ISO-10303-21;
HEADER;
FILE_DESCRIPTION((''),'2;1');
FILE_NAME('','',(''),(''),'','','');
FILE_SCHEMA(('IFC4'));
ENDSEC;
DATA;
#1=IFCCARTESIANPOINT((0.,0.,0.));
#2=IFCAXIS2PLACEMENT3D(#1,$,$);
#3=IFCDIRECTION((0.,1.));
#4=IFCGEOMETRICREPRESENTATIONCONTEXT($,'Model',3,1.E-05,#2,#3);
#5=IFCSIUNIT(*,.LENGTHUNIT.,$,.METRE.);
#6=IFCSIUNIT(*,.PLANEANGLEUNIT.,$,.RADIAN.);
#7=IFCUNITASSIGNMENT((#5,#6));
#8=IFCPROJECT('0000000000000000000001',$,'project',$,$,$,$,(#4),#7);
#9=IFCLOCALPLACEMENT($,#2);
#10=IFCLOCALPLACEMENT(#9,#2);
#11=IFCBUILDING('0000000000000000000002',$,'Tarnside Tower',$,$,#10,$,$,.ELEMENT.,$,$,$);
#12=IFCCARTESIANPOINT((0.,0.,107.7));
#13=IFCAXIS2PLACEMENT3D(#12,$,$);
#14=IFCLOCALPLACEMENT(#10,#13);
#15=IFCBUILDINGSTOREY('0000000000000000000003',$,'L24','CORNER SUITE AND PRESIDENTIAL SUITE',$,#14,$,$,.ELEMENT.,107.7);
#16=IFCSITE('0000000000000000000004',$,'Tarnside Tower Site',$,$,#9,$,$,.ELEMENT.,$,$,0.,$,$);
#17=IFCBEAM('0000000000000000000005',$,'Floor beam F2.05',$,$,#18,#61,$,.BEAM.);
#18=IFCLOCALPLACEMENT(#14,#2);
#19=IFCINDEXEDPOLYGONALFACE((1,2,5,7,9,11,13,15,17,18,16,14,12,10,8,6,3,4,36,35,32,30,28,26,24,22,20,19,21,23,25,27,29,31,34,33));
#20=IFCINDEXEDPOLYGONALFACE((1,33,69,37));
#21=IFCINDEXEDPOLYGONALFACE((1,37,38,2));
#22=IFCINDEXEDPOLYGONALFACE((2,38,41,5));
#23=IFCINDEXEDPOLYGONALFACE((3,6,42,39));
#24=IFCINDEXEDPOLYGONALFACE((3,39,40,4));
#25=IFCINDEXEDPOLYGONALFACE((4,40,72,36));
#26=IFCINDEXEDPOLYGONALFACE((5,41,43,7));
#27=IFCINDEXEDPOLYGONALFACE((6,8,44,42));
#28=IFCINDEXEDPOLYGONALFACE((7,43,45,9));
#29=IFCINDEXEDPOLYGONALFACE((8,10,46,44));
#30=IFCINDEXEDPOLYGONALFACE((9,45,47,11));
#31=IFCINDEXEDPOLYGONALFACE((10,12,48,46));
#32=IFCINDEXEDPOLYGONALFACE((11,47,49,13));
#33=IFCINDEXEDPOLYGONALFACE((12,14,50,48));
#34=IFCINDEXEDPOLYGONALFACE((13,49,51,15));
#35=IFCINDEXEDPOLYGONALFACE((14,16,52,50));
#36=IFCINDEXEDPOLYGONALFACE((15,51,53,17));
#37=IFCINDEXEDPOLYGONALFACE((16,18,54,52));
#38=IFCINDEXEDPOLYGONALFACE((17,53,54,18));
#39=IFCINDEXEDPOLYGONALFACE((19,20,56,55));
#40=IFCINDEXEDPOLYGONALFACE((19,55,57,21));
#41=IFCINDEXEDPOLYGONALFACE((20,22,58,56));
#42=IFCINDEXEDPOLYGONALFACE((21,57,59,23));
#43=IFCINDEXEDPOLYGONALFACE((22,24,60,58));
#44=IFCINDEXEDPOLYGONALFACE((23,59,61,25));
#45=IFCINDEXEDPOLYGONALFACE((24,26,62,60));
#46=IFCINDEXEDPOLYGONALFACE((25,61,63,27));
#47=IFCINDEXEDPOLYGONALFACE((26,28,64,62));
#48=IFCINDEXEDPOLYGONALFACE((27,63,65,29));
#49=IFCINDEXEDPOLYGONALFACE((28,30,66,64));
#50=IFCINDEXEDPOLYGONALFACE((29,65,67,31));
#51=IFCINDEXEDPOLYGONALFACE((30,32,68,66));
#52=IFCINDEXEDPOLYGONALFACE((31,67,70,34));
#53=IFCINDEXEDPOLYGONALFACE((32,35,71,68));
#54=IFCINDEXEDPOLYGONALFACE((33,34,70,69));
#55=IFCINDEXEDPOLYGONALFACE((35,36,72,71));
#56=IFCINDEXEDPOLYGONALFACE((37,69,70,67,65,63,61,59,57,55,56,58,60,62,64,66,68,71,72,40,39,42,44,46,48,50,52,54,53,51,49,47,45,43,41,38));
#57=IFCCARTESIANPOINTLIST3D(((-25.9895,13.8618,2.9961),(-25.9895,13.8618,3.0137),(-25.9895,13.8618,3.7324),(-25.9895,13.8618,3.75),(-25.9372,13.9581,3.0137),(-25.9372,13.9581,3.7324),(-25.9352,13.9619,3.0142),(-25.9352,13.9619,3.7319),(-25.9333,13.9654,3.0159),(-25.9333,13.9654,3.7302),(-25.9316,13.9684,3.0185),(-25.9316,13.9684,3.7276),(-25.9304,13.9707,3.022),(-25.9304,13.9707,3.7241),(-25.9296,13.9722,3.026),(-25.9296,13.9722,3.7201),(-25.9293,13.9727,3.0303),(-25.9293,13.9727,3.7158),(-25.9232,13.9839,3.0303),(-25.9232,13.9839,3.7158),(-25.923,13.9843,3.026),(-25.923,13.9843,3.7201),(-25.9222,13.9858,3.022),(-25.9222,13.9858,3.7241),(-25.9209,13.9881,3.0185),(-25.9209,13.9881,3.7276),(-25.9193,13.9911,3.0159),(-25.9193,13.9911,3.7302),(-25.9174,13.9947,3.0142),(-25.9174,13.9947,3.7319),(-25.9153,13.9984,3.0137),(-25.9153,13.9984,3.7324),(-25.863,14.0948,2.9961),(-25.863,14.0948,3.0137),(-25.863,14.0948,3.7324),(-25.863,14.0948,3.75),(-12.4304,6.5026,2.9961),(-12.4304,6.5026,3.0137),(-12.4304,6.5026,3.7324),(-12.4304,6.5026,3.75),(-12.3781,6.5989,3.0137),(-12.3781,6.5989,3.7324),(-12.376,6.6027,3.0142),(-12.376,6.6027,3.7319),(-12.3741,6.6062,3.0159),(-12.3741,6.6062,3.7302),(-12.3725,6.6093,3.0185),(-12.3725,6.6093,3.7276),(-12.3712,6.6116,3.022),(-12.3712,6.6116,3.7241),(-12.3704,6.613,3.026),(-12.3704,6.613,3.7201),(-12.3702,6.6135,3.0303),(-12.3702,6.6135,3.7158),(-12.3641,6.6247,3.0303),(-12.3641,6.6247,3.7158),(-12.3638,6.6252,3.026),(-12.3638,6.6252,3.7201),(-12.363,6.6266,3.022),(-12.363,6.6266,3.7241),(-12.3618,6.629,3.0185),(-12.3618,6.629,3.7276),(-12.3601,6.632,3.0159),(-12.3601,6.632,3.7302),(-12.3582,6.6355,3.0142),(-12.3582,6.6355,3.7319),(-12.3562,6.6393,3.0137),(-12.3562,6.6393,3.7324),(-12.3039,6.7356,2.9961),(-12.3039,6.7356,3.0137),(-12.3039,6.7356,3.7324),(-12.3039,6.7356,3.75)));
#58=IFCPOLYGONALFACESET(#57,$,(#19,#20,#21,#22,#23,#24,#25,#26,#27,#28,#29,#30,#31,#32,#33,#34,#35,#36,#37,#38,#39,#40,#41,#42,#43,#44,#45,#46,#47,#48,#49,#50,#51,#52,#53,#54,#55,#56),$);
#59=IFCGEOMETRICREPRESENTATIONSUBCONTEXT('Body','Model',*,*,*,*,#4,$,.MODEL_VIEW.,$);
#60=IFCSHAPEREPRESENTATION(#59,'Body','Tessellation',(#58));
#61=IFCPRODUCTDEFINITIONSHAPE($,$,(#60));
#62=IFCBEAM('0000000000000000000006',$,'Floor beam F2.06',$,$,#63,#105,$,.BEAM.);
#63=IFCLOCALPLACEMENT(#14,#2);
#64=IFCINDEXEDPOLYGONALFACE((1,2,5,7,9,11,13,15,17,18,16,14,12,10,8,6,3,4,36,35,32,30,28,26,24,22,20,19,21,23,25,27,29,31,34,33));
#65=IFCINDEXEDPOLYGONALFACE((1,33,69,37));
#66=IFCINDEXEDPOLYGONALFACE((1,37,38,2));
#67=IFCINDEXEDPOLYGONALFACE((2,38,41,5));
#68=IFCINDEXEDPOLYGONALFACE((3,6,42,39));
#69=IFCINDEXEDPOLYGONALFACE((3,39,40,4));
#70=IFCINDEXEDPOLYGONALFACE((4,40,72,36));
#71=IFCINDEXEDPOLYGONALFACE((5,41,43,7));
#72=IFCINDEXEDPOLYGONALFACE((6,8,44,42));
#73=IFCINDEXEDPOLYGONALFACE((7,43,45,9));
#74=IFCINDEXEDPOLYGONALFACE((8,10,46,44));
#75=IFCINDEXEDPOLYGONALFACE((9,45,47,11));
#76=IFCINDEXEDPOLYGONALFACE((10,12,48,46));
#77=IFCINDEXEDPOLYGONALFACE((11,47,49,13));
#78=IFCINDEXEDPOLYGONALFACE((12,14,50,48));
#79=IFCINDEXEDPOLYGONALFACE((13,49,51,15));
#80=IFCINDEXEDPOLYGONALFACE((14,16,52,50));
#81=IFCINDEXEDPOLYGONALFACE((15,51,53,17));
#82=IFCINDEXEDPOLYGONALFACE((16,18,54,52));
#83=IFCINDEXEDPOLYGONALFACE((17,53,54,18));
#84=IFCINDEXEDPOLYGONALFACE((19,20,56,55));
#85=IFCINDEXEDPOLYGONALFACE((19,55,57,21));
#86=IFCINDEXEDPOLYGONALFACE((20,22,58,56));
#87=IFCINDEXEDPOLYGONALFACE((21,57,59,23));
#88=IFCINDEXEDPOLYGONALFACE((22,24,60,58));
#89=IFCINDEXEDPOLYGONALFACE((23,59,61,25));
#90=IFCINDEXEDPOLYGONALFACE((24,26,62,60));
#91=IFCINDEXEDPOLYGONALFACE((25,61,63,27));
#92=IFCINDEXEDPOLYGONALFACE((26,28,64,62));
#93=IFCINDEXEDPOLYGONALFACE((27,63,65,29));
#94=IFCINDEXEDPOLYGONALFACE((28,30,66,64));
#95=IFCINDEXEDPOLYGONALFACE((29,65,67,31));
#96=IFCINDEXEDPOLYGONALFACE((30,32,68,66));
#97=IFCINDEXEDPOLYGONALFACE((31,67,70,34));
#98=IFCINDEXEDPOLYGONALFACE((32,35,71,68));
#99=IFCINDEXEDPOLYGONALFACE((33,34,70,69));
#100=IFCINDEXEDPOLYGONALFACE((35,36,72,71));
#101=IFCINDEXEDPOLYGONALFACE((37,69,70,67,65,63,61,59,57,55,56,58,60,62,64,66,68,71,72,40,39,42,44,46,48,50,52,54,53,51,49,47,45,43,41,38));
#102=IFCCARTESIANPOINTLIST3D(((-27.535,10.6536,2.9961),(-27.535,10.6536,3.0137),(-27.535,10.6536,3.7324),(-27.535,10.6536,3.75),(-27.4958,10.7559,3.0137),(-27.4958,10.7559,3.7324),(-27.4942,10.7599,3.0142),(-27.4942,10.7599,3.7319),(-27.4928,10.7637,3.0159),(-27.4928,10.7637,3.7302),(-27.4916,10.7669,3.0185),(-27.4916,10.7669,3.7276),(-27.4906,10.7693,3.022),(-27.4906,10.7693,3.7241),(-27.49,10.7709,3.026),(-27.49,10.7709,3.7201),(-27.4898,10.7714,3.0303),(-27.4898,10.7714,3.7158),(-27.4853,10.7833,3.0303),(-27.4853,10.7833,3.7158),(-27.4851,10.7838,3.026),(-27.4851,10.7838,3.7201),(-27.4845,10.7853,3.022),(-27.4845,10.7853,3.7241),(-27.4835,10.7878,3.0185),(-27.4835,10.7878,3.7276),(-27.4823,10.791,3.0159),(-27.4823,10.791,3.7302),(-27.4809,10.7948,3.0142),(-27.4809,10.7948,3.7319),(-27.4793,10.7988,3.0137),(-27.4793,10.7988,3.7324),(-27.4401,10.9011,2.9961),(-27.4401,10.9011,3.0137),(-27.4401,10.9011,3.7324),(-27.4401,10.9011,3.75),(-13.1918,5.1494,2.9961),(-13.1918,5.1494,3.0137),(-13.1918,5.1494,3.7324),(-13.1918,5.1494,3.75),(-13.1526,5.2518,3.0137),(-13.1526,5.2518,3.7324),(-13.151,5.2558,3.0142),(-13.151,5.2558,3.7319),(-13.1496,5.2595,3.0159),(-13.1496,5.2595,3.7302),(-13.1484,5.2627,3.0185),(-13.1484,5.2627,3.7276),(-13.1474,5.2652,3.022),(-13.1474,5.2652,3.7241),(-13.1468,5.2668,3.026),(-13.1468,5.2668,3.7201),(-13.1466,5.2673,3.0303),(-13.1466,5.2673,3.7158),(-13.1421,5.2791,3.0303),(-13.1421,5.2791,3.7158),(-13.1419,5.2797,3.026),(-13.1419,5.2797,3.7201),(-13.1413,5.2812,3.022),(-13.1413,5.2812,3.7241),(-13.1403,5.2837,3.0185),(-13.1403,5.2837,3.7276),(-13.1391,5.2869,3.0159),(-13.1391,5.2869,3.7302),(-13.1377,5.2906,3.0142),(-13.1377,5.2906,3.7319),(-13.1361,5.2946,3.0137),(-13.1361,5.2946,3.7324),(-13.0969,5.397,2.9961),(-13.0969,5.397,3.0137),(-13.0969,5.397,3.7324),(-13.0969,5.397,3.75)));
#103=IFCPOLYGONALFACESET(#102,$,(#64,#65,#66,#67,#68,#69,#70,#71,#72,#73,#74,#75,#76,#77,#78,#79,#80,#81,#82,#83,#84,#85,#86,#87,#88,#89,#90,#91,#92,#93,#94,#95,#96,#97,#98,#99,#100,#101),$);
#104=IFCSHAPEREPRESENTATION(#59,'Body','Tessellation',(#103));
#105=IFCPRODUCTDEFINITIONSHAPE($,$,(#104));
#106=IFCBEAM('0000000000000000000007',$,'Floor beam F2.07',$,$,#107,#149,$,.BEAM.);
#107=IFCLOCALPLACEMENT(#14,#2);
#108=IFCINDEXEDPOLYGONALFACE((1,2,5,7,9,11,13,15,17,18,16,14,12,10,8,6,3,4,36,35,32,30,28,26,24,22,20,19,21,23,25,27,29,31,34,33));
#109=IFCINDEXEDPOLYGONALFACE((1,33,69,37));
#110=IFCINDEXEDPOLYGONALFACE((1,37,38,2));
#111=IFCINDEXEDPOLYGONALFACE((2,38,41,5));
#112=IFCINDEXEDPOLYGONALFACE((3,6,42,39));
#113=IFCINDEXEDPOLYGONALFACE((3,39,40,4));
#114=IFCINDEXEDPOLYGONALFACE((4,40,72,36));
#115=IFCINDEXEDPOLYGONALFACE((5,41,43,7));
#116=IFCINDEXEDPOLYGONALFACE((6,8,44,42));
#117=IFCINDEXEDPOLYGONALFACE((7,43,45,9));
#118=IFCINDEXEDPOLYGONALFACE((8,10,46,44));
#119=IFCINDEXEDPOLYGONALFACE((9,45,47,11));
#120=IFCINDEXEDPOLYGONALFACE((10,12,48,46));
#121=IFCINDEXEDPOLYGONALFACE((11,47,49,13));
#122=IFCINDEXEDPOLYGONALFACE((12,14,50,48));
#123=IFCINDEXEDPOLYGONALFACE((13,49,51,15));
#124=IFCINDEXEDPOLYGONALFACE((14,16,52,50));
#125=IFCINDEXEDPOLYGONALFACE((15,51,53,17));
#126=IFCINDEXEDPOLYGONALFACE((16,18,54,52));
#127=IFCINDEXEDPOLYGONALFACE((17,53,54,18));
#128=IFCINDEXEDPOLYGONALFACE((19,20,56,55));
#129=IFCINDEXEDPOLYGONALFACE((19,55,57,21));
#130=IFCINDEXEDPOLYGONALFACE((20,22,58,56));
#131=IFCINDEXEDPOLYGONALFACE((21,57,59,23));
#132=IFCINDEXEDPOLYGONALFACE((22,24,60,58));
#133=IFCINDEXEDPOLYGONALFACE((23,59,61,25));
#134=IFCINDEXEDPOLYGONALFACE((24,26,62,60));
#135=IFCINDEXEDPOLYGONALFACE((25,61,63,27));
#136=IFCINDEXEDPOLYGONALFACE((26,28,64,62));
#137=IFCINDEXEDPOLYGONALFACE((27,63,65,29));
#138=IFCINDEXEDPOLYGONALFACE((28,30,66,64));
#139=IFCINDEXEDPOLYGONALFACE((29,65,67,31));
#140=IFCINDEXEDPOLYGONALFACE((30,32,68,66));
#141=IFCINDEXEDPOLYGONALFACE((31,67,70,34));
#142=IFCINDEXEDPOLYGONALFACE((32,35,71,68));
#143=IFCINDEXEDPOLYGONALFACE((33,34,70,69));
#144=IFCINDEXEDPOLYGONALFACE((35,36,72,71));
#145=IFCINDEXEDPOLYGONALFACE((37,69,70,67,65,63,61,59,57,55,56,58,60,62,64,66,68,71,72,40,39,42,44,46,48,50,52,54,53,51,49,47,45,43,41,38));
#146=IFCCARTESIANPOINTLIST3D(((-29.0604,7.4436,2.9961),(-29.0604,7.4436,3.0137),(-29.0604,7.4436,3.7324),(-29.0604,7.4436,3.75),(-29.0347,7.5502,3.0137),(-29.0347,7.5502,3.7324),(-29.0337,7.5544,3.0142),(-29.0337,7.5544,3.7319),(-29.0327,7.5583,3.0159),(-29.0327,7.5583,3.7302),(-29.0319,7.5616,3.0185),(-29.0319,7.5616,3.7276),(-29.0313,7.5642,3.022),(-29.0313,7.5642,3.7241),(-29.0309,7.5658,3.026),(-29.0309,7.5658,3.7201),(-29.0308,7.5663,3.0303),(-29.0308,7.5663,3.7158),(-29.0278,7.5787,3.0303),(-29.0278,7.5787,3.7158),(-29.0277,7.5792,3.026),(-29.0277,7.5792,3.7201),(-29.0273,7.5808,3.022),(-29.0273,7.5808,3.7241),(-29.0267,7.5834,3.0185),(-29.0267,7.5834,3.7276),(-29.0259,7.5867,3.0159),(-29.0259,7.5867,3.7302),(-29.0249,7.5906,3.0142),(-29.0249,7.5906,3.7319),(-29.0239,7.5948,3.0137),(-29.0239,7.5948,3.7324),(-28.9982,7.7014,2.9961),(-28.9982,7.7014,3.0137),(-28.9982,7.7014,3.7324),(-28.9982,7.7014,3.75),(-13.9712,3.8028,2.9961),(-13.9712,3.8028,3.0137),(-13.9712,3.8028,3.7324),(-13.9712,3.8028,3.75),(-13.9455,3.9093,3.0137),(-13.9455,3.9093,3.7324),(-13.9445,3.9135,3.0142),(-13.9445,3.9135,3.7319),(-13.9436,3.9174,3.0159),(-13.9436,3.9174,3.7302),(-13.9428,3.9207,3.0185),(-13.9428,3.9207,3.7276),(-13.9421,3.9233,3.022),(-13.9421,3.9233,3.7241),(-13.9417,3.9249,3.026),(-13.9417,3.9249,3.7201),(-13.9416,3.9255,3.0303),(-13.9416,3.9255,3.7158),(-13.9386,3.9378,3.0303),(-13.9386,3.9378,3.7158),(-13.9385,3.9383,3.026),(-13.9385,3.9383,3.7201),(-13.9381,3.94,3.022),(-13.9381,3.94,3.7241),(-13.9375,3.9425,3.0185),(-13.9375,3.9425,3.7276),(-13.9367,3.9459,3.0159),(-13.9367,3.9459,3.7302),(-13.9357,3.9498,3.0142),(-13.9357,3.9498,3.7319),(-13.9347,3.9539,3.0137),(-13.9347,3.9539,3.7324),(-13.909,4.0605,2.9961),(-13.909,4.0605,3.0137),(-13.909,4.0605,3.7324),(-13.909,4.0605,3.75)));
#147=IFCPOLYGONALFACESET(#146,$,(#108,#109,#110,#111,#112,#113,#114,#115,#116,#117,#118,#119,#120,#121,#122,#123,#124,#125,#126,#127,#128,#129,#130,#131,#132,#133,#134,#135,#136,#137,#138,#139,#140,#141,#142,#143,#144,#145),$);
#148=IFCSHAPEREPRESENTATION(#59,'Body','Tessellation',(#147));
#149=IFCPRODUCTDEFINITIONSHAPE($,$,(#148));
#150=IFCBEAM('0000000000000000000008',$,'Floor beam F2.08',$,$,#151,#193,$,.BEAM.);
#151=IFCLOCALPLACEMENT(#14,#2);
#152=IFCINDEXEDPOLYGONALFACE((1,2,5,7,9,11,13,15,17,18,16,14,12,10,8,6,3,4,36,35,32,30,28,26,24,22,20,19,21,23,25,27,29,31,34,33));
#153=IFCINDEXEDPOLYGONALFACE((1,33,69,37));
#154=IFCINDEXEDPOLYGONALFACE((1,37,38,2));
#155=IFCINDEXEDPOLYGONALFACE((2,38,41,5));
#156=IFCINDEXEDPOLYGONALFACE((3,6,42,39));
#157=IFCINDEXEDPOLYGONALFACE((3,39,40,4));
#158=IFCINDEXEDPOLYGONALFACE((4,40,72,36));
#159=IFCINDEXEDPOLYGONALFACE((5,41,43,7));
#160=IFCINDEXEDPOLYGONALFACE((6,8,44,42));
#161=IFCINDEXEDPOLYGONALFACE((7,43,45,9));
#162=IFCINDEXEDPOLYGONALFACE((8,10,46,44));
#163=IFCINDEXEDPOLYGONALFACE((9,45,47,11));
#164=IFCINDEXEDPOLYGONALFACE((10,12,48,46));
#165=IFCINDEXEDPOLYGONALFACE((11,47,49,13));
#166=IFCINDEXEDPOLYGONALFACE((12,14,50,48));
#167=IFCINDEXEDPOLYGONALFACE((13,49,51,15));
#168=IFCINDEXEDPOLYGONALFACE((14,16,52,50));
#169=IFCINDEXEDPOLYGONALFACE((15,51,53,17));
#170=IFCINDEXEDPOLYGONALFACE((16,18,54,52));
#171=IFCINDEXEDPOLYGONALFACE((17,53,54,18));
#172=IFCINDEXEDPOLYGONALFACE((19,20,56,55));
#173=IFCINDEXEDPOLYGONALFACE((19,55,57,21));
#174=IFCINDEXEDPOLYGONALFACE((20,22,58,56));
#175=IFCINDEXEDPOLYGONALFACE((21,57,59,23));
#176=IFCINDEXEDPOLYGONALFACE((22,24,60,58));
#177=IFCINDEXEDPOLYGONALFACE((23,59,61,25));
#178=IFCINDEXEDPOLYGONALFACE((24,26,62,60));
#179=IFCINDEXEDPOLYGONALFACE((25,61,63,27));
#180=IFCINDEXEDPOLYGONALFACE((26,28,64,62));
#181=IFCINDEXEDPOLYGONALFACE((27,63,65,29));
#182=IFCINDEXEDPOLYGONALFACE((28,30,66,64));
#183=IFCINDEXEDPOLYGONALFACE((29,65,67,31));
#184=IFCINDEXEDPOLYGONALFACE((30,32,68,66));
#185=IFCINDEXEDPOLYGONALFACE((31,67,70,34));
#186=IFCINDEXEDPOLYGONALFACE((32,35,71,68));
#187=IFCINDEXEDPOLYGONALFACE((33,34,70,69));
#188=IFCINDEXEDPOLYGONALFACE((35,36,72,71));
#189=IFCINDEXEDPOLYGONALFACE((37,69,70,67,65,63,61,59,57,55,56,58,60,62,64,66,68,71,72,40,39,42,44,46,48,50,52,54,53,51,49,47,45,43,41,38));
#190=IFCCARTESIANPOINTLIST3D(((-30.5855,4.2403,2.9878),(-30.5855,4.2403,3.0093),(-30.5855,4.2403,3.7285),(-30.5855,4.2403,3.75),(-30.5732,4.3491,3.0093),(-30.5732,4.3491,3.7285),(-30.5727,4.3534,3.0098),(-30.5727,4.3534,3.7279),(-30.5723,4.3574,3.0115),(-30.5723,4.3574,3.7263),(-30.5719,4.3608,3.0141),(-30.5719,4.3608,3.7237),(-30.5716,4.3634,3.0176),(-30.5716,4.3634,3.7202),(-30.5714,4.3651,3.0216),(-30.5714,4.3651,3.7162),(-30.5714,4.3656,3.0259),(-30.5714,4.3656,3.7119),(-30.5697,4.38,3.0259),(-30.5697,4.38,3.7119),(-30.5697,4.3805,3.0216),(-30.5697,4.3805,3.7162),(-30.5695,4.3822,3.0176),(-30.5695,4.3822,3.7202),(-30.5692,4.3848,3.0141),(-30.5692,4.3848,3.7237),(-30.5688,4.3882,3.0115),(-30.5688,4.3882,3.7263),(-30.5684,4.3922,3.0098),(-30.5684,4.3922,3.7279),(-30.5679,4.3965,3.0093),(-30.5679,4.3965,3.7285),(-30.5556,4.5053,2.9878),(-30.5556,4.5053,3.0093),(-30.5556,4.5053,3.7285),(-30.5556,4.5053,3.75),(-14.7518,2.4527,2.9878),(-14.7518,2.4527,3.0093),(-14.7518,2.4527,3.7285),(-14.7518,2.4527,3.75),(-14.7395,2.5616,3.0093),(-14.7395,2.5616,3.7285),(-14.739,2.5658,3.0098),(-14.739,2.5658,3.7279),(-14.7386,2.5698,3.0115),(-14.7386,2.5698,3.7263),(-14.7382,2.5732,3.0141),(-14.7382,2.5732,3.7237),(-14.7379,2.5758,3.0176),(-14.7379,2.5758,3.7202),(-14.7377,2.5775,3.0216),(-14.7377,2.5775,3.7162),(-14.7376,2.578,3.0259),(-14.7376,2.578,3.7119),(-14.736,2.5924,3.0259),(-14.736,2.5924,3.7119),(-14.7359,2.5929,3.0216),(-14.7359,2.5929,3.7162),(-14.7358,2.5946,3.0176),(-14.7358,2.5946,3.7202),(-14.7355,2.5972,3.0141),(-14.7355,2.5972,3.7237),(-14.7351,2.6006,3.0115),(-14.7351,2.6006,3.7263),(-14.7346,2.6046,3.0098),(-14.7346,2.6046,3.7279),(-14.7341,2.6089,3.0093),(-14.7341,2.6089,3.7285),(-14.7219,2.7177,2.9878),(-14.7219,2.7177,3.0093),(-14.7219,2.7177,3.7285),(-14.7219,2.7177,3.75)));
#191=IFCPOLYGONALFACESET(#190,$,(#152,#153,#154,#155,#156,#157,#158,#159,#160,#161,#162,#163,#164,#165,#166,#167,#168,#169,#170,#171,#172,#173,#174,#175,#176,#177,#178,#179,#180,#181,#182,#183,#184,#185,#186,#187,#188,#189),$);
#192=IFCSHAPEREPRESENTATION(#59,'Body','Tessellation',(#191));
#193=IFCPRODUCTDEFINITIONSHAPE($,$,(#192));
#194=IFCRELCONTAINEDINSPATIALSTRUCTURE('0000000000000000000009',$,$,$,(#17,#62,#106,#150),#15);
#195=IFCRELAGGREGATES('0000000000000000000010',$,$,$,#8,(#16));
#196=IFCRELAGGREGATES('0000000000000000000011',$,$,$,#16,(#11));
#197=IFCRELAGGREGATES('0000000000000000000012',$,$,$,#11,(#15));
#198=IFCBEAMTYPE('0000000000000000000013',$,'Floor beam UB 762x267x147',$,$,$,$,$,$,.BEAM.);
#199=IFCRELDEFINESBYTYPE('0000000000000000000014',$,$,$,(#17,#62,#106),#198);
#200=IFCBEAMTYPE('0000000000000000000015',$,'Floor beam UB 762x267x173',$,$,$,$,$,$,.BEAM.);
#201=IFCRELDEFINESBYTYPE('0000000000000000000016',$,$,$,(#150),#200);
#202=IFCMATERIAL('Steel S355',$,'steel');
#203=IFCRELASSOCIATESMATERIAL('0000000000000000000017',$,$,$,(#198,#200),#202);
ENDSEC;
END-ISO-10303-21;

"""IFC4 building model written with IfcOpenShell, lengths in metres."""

from ifc_helpers import new_model, si_unit, direction, frame, origin, origin_2d, place, context, subcontext, project, spatial, i_section, extrude, material, material_profile, profile_set, type_object, element, save


model = new_model("IFC4")

# Units and contexts
model_context = context("Model", 3, precision=1e-05, world=origin(), true_north=direction((0.0, 1.0)))
body_context = subcontext(model_context, "Body", "Model", "MODEL_VIEW")
ifc_project = project(units=[si_unit("LENGTHUNIT", "METRE"), si_unit("PLANEANGLEUNIT", "RADIAN")], contexts=[model_context])

# Site, building, storey
site_placement = place(None, origin())
site = spatial("IfcSite", under=ifc_project, at=site_placement, Name="Tarnside Tower Site", CompositionType="ELEMENT", RefElevation=0.0)
building_placement = place(site_placement, origin())
building = spatial("IfcBuilding", under=site, at=building_placement, Name="Tarnside Tower", CompositionType="ELEMENT")
storey_placement = place(building_placement, frame((0.0, 0.0, 107.7)))
storey = spatial("IfcBuildingStorey", under=building, at=storey_placement, Name="L24", Description="CORNER SUITE AND PRESIDENTIAL SUITE", CompositionType="ELEMENT", Elevation=107.7)

# Beams
ifc_material_1 = material(Name="Steel S355", Category="steel")
ifc_material_profile_1 = material_profile(ifc_material_1, i_section(OverallWidth=0.2651, OverallDepth=0.7539, WebThickness=0.0127, FlangeThickness=0.0176, FilletRadius=0.0166, at=origin_2d()), Name="UB 762x267x147")
ifc_profile_set_1 = profile_set([ifc_material_profile_1], Name="Steel S355")
beam_type_1 = type_object("IfcBeamType", Name="Floor beam UB 762x267x147", PredefinedType="BEAM", material=ifc_profile_set_1)
beam_1_placement = place(storey_placement, frame((-25.9263, 13.9783, 3.373), z_axis=(0.878895, -0.477016, 0.0), x_axis=(0.477016, 0.878895, 0.0)))
element("IfcBeam", 1, at=beam_1_placement, inside=storey, type_object=beam_type_1, Name="Floor beam F2.05", PredefinedType="BEAM", context=body_context, shape_type="SweptSolid", body=[
    extrude(i_section(OverallWidth=0.2651, OverallDepth=0.7539, WebThickness=0.0127, FlangeThickness=0.0176, FilletRadius=0.0166, at=origin_2d()), origin(), (0.0, 0.0, 1.0), 15.4275),
])
beam_2_placement = place(storey_placement, frame((-27.4875, 10.7773, 3.373), z_axis=(0.933618, -0.358271, 0.0), x_axis=(0.358271, 0.933618, 0.0)))
element("IfcBeam", 2, at=beam_2_placement, inside=storey, type_object=beam_type_1, Name="Floor beam F2.06", PredefinedType="BEAM", context=body_context, shape_type="SweptSolid", body=[
    extrude(i_section(OverallWidth=0.2651, OverallDepth=0.7539, WebThickness=0.0127, FlangeThickness=0.0176, FilletRadius=0.0166, at=origin_2d()), origin(), (0.0, 0.0, 1.0), 15.363),
])
beam_3_placement = place(storey_placement, frame((-29.0293, 7.5725, 3.373), z_axis=(0.972102, -0.23456, 0.0), x_axis=(0.23456, 0.972102, 0.0)))
element("IfcBeam", 3, at=beam_3_placement, inside=storey, type_object=beam_type_1, Name="Floor beam F2.07", PredefinedType="BEAM", context=body_context, shape_type="SweptSolid", body=[
    extrude(i_section(OverallWidth=0.2651, OverallDepth=0.7539, WebThickness=0.0127, FlangeThickness=0.0176, FilletRadius=0.0166, at=origin_2d()), origin(), (0.0, 0.0, 1.0), 15.5222),
])
ifc_material_profile_2 = material_profile(ifc_material_1, i_section(OverallWidth=0.2666, OverallDepth=0.7622, WebThickness=0.0144, FlangeThickness=0.0215, FilletRadius=0.0166, at=origin_2d()), Name="UB 762x267x173")
ifc_profile_set_2 = profile_set([ifc_material_profile_2], Name="Steel S355")
beam_type_2 = type_object("IfcBeamType", Name="Floor beam UB 762x267x173", PredefinedType="BEAM", material=ifc_profile_set_2)
beam_4_placement = place(storey_placement, frame((-30.5706, 4.3728, 3.3689), z_axis=(0.993687, -0.112185, 0.0), x_axis=(0.112185, 0.993687, 0.0)))
element("IfcBeam", 4, at=beam_4_placement, inside=storey, type_object=beam_type_2, Name="Floor beam F2.08", PredefinedType="BEAM", context=body_context, shape_type="SweptSolid", body=[
    extrude(i_section(OverallWidth=0.2666, OverallDepth=0.7622, WebThickness=0.0144, FlangeThickness=0.0215, FilletRadius=0.0166, at=origin_2d()), origin(), (0.0, 0.0, 1.0), 15.9343),
])

save(model, "model.ifc")
